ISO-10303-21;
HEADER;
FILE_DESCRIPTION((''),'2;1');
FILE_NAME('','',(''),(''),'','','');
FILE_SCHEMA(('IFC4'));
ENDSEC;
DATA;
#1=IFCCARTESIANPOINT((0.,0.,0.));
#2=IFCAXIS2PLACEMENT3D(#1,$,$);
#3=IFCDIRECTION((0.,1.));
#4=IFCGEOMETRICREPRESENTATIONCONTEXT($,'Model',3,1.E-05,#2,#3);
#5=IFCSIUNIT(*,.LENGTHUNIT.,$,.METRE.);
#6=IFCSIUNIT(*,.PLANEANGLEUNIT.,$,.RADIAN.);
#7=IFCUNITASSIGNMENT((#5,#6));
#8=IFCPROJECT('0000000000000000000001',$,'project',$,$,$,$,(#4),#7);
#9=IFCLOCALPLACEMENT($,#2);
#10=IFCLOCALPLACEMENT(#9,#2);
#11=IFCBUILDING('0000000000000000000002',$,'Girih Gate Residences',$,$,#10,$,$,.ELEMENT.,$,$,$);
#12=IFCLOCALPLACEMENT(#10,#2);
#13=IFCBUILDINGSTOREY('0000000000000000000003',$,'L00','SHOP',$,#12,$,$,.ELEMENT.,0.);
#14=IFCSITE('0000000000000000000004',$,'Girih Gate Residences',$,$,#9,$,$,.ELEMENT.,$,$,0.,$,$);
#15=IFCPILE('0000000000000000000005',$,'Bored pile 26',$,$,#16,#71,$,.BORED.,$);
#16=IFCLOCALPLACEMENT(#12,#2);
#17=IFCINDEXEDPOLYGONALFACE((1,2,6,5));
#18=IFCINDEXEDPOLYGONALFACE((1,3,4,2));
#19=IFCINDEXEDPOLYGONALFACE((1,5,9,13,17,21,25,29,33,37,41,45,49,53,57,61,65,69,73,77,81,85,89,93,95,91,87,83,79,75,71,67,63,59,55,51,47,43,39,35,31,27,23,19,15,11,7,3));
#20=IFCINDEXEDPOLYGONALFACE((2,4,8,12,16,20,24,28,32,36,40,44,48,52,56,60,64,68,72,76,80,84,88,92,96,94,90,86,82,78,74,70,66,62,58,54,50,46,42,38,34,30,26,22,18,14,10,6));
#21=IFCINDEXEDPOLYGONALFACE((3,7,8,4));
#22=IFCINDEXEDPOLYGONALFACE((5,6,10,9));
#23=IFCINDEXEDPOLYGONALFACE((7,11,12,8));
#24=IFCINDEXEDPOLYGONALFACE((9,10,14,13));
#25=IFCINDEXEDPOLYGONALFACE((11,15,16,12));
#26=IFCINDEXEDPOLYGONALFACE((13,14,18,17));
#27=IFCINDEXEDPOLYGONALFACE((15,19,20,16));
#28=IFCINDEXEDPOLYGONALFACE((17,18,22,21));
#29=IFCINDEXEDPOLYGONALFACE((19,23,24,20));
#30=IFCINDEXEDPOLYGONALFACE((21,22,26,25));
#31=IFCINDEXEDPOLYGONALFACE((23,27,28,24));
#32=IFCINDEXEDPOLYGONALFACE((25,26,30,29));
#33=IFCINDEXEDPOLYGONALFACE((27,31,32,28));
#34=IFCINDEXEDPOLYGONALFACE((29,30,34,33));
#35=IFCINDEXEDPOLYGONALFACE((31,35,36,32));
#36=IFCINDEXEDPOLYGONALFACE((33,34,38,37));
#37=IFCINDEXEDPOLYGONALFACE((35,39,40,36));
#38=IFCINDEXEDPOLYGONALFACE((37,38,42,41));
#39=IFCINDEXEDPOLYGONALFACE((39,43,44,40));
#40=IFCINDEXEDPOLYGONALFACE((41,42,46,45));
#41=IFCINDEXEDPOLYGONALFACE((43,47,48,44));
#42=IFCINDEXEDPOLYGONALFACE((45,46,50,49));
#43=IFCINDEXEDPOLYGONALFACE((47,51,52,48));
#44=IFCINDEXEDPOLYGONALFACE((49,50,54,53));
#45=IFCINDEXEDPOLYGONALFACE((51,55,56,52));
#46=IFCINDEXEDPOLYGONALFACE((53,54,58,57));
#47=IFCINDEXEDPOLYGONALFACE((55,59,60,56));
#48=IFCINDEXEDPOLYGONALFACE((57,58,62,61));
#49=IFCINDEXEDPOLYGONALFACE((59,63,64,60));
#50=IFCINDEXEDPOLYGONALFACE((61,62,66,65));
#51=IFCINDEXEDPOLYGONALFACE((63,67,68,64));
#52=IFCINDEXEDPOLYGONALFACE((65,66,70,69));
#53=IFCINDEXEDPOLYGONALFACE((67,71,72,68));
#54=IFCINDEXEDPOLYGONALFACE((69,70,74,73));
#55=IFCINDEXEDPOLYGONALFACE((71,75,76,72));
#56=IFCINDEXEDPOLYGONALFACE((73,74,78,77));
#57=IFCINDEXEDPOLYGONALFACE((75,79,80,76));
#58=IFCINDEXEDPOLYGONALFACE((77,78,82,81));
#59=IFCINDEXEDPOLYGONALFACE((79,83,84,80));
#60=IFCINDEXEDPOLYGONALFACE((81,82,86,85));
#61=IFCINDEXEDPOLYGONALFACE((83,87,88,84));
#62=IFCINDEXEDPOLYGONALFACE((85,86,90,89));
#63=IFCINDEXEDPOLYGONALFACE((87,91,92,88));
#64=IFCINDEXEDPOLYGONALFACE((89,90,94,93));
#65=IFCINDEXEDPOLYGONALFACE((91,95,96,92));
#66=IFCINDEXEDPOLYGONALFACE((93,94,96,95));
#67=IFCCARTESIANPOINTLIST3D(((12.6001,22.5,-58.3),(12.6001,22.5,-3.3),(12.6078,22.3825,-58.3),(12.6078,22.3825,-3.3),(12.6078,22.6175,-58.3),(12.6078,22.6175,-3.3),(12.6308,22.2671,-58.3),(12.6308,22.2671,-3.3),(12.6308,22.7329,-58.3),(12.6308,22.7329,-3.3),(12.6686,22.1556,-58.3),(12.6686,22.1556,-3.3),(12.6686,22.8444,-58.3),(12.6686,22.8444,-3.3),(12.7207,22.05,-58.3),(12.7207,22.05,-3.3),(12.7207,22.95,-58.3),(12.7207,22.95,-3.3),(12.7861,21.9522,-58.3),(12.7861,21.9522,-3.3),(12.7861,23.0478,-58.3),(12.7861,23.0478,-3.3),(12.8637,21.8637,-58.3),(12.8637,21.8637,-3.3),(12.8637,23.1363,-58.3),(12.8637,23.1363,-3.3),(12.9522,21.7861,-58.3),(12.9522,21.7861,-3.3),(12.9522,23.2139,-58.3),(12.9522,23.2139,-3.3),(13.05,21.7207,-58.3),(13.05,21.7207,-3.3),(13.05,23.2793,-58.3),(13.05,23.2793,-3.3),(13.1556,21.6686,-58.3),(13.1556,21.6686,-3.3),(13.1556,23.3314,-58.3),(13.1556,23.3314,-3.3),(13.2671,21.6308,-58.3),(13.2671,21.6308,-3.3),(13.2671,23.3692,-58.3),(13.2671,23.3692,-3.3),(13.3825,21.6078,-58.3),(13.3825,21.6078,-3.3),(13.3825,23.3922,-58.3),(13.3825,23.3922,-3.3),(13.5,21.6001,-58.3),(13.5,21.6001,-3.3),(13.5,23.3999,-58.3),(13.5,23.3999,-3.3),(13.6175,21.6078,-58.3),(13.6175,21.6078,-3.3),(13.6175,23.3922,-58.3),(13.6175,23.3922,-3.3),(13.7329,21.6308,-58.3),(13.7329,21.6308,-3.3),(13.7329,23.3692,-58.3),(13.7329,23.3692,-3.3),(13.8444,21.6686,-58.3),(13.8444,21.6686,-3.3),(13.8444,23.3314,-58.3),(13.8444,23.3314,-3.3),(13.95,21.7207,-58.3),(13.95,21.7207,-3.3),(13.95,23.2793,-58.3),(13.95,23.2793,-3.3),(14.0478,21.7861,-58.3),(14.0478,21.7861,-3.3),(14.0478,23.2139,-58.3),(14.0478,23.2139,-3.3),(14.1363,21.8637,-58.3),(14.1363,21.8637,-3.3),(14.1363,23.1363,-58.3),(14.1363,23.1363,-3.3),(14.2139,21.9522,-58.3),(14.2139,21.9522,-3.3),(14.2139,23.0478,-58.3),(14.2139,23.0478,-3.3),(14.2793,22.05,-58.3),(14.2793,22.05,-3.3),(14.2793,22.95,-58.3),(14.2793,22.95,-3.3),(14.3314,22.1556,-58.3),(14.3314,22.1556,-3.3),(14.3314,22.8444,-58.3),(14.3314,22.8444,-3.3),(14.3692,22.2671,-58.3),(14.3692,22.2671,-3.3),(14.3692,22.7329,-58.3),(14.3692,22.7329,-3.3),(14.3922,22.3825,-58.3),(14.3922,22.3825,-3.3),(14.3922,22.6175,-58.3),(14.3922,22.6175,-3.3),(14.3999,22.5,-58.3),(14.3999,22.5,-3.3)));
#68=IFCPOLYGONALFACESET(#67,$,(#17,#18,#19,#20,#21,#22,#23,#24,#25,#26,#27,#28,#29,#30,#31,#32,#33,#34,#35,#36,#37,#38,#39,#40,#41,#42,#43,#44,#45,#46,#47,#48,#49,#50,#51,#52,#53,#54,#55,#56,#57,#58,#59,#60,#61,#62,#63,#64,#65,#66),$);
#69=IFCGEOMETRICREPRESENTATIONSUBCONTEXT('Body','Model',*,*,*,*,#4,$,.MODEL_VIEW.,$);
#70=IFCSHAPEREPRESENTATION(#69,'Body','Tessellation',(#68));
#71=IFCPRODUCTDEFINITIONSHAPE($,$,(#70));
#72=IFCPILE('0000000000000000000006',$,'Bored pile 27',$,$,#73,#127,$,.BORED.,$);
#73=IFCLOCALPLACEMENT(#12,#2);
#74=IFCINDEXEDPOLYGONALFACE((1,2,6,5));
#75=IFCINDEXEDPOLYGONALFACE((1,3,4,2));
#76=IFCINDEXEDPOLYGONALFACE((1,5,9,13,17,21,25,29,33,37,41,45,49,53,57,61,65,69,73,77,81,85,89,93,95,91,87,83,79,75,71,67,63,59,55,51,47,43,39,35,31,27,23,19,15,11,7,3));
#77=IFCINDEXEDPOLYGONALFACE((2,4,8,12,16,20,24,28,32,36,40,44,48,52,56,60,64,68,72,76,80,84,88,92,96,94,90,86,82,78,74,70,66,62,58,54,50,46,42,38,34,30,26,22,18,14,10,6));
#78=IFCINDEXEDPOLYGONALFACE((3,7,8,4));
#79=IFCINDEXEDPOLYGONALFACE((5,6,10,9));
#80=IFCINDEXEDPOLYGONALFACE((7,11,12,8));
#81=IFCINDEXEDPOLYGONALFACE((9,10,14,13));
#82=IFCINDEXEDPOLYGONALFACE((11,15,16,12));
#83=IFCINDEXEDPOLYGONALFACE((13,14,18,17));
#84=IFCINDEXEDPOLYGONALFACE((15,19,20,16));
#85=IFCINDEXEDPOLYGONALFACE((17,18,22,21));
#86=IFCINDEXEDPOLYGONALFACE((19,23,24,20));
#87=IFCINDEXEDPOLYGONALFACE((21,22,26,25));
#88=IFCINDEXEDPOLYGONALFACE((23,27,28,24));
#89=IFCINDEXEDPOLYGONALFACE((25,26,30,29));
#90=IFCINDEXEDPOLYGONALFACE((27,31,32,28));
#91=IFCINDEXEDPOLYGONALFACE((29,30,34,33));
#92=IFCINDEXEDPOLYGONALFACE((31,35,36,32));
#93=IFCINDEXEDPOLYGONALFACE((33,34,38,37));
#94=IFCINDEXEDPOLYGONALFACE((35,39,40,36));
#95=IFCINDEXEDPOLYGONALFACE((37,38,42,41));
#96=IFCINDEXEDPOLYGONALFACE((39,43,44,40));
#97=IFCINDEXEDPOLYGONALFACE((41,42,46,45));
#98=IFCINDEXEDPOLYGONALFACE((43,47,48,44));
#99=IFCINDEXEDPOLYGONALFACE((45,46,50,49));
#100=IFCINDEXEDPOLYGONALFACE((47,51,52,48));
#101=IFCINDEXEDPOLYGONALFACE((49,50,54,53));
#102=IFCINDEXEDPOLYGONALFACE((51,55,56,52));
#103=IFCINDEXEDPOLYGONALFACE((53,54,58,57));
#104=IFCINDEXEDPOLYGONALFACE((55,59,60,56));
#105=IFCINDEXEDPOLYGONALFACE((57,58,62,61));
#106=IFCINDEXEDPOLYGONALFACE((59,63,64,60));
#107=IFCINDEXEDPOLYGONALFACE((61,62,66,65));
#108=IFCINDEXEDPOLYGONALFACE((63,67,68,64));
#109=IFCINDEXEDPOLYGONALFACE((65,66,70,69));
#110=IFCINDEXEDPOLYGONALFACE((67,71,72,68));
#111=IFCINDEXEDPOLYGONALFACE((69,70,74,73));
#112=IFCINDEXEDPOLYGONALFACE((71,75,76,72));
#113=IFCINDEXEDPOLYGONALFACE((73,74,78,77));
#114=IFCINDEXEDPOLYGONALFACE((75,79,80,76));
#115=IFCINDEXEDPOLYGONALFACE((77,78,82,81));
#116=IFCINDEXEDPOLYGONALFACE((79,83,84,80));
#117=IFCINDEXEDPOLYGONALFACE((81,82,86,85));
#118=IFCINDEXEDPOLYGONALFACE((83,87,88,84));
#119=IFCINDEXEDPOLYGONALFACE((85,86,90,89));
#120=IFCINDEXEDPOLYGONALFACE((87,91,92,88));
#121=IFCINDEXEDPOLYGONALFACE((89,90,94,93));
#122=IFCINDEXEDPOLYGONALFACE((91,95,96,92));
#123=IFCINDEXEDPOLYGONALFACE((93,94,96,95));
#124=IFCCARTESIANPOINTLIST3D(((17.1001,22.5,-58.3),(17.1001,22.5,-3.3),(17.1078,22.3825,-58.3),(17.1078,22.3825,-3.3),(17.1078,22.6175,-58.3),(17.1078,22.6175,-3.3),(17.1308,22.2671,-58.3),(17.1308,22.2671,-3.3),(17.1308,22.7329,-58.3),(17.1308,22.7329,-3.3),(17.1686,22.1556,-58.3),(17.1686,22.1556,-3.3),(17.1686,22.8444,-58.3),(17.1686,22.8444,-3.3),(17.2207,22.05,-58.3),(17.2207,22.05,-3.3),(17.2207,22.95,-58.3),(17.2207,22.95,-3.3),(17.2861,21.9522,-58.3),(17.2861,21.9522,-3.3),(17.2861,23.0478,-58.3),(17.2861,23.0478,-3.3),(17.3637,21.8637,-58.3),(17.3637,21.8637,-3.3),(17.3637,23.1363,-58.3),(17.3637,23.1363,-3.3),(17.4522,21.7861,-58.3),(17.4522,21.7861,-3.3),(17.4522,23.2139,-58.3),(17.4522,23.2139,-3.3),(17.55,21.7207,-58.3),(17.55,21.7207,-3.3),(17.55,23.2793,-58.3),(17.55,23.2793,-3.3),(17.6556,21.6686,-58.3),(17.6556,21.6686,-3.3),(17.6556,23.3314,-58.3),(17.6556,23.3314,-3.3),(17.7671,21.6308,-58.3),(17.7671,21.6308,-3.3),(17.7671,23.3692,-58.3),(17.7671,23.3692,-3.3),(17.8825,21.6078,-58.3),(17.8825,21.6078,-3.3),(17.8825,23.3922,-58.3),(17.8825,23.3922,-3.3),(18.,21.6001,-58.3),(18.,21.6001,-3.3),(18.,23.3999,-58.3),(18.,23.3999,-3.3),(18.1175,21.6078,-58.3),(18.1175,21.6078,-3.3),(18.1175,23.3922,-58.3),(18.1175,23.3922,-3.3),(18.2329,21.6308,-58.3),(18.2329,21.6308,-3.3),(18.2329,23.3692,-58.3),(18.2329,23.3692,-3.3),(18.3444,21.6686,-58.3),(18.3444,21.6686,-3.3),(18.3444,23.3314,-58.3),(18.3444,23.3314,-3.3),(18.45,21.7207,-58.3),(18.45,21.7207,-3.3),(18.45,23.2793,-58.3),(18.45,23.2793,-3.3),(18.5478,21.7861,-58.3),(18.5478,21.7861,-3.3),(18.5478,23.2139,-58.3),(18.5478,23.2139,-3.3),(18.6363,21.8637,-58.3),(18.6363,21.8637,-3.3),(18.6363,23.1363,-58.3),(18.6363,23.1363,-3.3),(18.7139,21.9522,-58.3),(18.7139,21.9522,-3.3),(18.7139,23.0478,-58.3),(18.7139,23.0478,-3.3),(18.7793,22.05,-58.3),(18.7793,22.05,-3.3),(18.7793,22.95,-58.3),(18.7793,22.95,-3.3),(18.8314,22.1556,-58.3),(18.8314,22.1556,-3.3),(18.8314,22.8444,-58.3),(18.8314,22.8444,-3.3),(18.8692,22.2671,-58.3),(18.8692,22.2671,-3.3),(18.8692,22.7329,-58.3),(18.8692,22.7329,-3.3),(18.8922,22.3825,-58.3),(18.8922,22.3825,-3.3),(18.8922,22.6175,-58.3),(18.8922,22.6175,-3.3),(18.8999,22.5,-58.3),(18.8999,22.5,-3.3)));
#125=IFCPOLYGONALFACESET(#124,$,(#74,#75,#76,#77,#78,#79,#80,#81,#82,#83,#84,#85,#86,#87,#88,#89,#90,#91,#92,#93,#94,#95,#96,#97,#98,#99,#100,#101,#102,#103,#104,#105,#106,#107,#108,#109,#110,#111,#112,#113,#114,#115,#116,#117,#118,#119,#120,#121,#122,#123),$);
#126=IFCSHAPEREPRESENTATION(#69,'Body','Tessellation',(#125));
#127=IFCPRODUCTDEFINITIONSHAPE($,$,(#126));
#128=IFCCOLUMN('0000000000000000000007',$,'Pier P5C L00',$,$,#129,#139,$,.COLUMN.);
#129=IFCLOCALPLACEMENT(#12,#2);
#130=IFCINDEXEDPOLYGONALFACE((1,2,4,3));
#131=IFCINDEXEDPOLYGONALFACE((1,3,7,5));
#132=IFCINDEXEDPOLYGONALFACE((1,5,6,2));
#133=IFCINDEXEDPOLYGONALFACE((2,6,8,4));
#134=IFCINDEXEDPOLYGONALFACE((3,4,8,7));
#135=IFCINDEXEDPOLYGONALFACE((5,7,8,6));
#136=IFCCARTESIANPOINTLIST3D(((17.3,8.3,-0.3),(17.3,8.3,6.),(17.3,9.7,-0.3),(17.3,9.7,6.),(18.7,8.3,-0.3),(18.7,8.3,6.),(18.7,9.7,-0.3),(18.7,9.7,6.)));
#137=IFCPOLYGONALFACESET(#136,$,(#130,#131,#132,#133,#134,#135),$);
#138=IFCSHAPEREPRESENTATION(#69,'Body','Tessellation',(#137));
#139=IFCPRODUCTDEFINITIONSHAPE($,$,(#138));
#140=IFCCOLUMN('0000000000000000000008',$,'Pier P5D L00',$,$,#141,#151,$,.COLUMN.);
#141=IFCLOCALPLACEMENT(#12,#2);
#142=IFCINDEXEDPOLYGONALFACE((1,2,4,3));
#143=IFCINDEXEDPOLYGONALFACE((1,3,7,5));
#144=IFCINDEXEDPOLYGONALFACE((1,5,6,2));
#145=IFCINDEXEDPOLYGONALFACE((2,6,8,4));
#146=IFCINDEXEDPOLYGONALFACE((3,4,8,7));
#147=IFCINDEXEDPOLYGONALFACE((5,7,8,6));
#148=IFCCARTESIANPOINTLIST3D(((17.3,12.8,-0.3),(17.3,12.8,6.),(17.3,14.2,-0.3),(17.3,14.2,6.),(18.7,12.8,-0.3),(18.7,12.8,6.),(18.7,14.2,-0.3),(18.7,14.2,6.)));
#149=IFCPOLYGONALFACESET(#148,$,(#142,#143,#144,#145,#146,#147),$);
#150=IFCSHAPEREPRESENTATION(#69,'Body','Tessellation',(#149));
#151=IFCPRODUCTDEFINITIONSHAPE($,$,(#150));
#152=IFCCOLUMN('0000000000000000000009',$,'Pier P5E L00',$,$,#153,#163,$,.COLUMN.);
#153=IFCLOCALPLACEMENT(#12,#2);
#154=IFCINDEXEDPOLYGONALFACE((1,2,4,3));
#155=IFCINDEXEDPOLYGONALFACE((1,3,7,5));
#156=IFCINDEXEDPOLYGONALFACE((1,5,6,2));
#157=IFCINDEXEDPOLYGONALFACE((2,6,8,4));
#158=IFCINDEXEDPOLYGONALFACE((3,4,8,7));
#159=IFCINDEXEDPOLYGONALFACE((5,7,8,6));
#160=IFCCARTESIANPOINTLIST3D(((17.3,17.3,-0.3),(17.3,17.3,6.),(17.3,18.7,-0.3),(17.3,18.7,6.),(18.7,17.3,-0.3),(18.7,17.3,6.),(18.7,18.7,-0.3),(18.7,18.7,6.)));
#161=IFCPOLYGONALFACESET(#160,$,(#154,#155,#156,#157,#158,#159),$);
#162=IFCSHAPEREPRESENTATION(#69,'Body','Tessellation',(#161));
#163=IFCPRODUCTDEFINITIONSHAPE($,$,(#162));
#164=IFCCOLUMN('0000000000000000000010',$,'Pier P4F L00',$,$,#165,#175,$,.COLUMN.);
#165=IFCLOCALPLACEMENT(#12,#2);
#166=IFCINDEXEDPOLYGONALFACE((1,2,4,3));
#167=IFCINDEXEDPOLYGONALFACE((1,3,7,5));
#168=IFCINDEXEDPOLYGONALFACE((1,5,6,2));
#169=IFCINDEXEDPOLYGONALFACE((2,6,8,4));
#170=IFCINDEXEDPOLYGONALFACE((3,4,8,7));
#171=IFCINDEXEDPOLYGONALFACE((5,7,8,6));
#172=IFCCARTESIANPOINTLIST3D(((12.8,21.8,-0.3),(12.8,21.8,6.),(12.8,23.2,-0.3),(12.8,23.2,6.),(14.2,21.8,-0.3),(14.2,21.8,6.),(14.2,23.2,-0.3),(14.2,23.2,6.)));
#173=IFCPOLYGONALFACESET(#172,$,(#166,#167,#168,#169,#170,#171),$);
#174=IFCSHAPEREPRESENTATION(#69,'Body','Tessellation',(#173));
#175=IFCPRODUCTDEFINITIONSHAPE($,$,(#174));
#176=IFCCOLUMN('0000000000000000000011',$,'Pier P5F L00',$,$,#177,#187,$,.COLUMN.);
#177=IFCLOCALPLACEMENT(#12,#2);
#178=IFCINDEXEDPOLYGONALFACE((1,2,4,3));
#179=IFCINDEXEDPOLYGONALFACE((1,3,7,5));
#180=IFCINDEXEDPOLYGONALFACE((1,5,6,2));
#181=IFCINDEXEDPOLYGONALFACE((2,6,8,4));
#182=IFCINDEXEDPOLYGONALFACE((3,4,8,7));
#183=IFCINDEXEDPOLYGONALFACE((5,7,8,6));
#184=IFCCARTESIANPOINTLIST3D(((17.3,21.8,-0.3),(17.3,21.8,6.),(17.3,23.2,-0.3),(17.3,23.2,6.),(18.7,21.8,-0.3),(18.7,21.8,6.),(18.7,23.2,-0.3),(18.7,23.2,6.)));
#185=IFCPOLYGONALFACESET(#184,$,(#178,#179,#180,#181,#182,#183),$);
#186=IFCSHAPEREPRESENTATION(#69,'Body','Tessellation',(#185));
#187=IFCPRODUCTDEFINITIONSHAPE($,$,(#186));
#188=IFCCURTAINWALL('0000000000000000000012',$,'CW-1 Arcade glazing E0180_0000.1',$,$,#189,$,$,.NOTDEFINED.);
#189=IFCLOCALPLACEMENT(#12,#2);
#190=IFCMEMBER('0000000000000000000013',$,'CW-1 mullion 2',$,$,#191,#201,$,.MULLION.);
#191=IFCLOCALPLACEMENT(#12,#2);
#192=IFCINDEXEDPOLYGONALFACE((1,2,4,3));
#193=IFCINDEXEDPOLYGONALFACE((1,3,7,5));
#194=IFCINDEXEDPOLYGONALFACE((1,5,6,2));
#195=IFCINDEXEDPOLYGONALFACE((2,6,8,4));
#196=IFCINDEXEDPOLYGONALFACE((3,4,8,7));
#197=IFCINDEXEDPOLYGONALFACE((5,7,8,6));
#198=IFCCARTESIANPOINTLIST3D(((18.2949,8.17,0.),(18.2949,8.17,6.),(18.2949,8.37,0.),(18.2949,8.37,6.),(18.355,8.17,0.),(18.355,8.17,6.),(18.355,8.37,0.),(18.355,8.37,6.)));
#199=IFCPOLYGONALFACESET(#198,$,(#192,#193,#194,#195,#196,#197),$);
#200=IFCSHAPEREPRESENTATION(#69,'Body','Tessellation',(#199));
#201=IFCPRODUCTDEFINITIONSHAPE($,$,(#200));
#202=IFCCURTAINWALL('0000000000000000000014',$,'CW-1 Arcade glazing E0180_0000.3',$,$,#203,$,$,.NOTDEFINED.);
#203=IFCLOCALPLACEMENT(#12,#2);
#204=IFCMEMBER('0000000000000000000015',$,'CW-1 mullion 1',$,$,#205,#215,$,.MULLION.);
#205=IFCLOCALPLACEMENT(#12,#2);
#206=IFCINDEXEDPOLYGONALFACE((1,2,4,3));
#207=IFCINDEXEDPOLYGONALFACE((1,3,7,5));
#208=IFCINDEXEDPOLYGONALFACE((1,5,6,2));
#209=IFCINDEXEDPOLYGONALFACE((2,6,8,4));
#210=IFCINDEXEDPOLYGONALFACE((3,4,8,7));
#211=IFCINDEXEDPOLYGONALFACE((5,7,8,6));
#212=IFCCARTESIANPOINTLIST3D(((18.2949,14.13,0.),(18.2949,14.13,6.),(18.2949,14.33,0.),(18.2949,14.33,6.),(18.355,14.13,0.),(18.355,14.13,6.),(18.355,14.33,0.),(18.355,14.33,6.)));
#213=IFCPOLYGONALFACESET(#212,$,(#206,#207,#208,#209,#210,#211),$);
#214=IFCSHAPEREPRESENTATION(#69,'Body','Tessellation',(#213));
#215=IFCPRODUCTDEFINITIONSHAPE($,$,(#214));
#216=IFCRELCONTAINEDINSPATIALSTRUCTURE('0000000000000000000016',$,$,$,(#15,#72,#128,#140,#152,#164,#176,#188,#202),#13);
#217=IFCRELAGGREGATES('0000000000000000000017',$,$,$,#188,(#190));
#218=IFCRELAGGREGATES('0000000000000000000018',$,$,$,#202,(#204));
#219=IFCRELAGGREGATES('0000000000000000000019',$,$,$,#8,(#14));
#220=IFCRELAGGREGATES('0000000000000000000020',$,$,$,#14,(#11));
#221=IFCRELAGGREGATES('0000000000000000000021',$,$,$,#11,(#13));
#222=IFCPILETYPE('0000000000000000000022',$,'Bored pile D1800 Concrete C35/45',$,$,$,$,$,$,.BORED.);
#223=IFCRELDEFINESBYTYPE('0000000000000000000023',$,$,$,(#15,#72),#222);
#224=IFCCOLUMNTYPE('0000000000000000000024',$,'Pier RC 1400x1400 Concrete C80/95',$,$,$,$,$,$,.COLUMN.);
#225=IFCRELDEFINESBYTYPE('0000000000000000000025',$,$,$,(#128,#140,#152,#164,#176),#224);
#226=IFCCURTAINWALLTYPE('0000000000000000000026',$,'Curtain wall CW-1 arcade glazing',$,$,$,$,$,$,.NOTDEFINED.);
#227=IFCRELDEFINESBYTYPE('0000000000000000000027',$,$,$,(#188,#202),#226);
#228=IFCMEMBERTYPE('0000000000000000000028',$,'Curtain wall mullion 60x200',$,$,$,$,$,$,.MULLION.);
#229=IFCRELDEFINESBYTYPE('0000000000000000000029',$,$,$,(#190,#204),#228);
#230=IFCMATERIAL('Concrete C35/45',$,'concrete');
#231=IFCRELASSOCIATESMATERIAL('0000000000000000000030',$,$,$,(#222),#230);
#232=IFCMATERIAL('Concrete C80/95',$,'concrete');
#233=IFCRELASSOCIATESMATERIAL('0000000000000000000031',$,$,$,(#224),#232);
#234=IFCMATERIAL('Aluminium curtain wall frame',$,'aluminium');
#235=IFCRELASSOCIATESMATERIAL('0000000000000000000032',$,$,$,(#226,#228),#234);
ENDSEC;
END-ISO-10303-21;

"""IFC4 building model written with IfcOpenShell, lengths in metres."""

from ifc_helpers import new_model, si_unit, direction, frame, origin, origin_2d, place, context, subcontext, project, spatial, rectangle, circle, extrude, material, material_profile, profile_set, type_object, element, aggregate, save


model = new_model("IFC4")

# Units and contexts
model_context = context("Model", 3, precision=1e-05, world=origin(), true_north=direction((0.0, 1.0)))
body_context = subcontext(model_context, "Body", "Model", "MODEL_VIEW")
ifc_project = project(units=[si_unit("LENGTHUNIT", "METRE"), si_unit("PLANEANGLEUNIT", "RADIAN")], contexts=[model_context])

# Site, building, storey
site_placement = place(None, origin())
site = spatial("IfcSite", under=ifc_project, at=site_placement, Name="Girih Gate Residences", CompositionType="ELEMENT", RefElevation=0.0)
building_placement = place(site_placement, origin())
building = spatial("IfcBuilding", under=site, at=building_placement, Name="Girih Gate Residences", CompositionType="ELEMENT")
storey_placement = place(building_placement, origin())
storey = spatial("IfcBuildingStorey", under=building, at=storey_placement, Name="L00", Description="SHOP", CompositionType="ELEMENT", Elevation=0.0)

# Piles
ifc_material_1 = material(Name="Concrete C35/45", Category="concrete")
ifc_material_profile_1 = material_profile(ifc_material_1, circle(Radius=0.8999, at=origin_2d()))
ifc_profile_set_1 = profile_set([ifc_material_profile_1], Name="Concrete C35/45")
pile_type = type_object("IfcPileType", Name="Bored pile D1800 Concrete C35/45", PredefinedType="BORED", material=ifc_profile_set_1)
for number, where, z_axis, x_axis, name in (
    (1, (13.5, 22.5, -3.3), (0.0, 0.0, -1.0), (1.0, 0.0, 0.0), "Bored pile 26"),
    (2, (18.0, 22.5, -3.3), (0.0, 0.0, -1.0), (1.0, 0.0, 0.0), "Bored pile 27"),
):
    element("IfcPile", number, at=place(storey_placement, frame(where, z_axis=z_axis, x_axis=x_axis)), inside=storey, type_object=pile_type, Name=name, PredefinedType="BORED", context=body_context, shape_type="SweptSolid", body=[
        extrude(circle(Radius=0.8999, at=origin_2d()), origin(), (0.0, 0.0, 1.0), 55.0),
    ])

# Columns
ifc_material_2 = material(Name="Concrete C80/95", Category="concrete")
ifc_material_profile_2 = material_profile(ifc_material_2, rectangle(XDim=1.3999, YDim=1.3999, at=origin_2d()))
ifc_profile_set_2 = profile_set([ifc_material_profile_2], Name="Concrete C80/95")
column_type = type_object("IfcColumnType", Name="Pier RC 1400x1400 Concrete C80/95", PredefinedType="COLUMN", material=ifc_profile_set_2)
for number, where, z_axis, x_axis, name in (
    (3, (18.0, 9.0, -0.3), (0.0, 0.0, 1.0), (1.0, 0.0, 0.0), "Pier P5C L00"),
    (4, (18.0, 13.5, -0.3), (0.0, 0.0, 1.0), (1.0, 0.0, 0.0), "Pier P5D L00"),
    (5, (18.0, 18.0, -0.3), (0.0, 0.0, 1.0), (1.0, 0.0, 0.0), "Pier P5E L00"),
    (6, (13.5, 22.5, -0.3), (0.0, 0.0, 1.0), (1.0, 0.0, 0.0), "Pier P4F L00"),
    (7, (18.0, 22.5, -0.3), (0.0, 0.0, 1.0), (1.0, 0.0, 0.0), "Pier P5F L00"),
):
    element("IfcColumn", number, at=place(storey_placement, frame(where, z_axis=z_axis, x_axis=x_axis)), inside=storey, type_object=column_type, Name=name, PredefinedType="COLUMN", context=body_context, shape_type="SweptSolid", body=[
        extrude(rectangle(XDim=1.3999, YDim=1.3999, at=origin_2d()), origin(), (0.0, 0.0, 1.0), 6.3),
    ])

# Curtain wall, member
ifc_material_3 = material(Name="Aluminium curtain wall frame", Category="aluminium")
curtain_wall_type = type_object("IfcCurtainWallType", Name="Curtain wall CW-1 arcade glazing", PredefinedType="NOTDEFINED", material=ifc_material_3)
curtain_wall_1_placement = place(storey_placement, origin())
curtain_wall_1 = element("IfcCurtainWall", 8, at=curtain_wall_1_placement, inside=storey, type_object=curtain_wall_type, Name="CW-1 Arcade glazing E0180_0000.1", PredefinedType="NOTDEFINED")
ifc_material_profile_3 = material_profile(ifc_material_3, rectangle(XDim=0.0601, YDim=0.2, at=origin_2d()))
ifc_profile_set_3 = profile_set([ifc_material_profile_3], Name="Aluminium curtain wall frame")
member_type_1 = type_object("IfcMemberType", Name="Curtain wall mullion 60x200", PredefinedType="MULLION", material=ifc_profile_set_3)
member_1_placement = place(storey_placement, frame((18.325, 8.27, 0.0), z_axis=(0.0, 0.0, 1.0), x_axis=(-1.0, 0.0, 0.0)))
member_1 = element("IfcMember", 9, at=member_1_placement, type_object=member_type_1, Name="CW-1 mullion 2", PredefinedType="MULLION", context=body_context, shape_type="SweptSolid", body=[
    extrude(rectangle(XDim=0.0601, YDim=0.2, at=origin_2d()), origin(), (0.0, 0.0, 1.0), 6.0),
])

# Curtain wall, member
curtain_wall_2_placement = place(storey_placement, origin())
curtain_wall_2 = element("IfcCurtainWall", 10, at=curtain_wall_2_placement, inside=storey, type_object=curtain_wall_type, Name="CW-1 Arcade glazing E0180_0000.3", PredefinedType="NOTDEFINED")
member_2_placement = place(storey_placement, frame((18.325, 14.23, 0.0), z_axis=(0.0, 0.0, 1.0), x_axis=(-1.0, 0.0, 0.0)))
member_2 = element("IfcMember", 11, at=member_2_placement, type_object=member_type_1, Name="CW-1 mullion 1", PredefinedType="MULLION", context=body_context, shape_type="SweptSolid", body=[
    extrude(rectangle(XDim=0.0601, YDim=0.2, at=origin_2d()), origin(), (0.0, 0.0, 1.0), 6.0),
])

aggregate(curtain_wall_1, [member_1])
aggregate(curtain_wall_2, [member_2])

save(model, "model.ifc")
